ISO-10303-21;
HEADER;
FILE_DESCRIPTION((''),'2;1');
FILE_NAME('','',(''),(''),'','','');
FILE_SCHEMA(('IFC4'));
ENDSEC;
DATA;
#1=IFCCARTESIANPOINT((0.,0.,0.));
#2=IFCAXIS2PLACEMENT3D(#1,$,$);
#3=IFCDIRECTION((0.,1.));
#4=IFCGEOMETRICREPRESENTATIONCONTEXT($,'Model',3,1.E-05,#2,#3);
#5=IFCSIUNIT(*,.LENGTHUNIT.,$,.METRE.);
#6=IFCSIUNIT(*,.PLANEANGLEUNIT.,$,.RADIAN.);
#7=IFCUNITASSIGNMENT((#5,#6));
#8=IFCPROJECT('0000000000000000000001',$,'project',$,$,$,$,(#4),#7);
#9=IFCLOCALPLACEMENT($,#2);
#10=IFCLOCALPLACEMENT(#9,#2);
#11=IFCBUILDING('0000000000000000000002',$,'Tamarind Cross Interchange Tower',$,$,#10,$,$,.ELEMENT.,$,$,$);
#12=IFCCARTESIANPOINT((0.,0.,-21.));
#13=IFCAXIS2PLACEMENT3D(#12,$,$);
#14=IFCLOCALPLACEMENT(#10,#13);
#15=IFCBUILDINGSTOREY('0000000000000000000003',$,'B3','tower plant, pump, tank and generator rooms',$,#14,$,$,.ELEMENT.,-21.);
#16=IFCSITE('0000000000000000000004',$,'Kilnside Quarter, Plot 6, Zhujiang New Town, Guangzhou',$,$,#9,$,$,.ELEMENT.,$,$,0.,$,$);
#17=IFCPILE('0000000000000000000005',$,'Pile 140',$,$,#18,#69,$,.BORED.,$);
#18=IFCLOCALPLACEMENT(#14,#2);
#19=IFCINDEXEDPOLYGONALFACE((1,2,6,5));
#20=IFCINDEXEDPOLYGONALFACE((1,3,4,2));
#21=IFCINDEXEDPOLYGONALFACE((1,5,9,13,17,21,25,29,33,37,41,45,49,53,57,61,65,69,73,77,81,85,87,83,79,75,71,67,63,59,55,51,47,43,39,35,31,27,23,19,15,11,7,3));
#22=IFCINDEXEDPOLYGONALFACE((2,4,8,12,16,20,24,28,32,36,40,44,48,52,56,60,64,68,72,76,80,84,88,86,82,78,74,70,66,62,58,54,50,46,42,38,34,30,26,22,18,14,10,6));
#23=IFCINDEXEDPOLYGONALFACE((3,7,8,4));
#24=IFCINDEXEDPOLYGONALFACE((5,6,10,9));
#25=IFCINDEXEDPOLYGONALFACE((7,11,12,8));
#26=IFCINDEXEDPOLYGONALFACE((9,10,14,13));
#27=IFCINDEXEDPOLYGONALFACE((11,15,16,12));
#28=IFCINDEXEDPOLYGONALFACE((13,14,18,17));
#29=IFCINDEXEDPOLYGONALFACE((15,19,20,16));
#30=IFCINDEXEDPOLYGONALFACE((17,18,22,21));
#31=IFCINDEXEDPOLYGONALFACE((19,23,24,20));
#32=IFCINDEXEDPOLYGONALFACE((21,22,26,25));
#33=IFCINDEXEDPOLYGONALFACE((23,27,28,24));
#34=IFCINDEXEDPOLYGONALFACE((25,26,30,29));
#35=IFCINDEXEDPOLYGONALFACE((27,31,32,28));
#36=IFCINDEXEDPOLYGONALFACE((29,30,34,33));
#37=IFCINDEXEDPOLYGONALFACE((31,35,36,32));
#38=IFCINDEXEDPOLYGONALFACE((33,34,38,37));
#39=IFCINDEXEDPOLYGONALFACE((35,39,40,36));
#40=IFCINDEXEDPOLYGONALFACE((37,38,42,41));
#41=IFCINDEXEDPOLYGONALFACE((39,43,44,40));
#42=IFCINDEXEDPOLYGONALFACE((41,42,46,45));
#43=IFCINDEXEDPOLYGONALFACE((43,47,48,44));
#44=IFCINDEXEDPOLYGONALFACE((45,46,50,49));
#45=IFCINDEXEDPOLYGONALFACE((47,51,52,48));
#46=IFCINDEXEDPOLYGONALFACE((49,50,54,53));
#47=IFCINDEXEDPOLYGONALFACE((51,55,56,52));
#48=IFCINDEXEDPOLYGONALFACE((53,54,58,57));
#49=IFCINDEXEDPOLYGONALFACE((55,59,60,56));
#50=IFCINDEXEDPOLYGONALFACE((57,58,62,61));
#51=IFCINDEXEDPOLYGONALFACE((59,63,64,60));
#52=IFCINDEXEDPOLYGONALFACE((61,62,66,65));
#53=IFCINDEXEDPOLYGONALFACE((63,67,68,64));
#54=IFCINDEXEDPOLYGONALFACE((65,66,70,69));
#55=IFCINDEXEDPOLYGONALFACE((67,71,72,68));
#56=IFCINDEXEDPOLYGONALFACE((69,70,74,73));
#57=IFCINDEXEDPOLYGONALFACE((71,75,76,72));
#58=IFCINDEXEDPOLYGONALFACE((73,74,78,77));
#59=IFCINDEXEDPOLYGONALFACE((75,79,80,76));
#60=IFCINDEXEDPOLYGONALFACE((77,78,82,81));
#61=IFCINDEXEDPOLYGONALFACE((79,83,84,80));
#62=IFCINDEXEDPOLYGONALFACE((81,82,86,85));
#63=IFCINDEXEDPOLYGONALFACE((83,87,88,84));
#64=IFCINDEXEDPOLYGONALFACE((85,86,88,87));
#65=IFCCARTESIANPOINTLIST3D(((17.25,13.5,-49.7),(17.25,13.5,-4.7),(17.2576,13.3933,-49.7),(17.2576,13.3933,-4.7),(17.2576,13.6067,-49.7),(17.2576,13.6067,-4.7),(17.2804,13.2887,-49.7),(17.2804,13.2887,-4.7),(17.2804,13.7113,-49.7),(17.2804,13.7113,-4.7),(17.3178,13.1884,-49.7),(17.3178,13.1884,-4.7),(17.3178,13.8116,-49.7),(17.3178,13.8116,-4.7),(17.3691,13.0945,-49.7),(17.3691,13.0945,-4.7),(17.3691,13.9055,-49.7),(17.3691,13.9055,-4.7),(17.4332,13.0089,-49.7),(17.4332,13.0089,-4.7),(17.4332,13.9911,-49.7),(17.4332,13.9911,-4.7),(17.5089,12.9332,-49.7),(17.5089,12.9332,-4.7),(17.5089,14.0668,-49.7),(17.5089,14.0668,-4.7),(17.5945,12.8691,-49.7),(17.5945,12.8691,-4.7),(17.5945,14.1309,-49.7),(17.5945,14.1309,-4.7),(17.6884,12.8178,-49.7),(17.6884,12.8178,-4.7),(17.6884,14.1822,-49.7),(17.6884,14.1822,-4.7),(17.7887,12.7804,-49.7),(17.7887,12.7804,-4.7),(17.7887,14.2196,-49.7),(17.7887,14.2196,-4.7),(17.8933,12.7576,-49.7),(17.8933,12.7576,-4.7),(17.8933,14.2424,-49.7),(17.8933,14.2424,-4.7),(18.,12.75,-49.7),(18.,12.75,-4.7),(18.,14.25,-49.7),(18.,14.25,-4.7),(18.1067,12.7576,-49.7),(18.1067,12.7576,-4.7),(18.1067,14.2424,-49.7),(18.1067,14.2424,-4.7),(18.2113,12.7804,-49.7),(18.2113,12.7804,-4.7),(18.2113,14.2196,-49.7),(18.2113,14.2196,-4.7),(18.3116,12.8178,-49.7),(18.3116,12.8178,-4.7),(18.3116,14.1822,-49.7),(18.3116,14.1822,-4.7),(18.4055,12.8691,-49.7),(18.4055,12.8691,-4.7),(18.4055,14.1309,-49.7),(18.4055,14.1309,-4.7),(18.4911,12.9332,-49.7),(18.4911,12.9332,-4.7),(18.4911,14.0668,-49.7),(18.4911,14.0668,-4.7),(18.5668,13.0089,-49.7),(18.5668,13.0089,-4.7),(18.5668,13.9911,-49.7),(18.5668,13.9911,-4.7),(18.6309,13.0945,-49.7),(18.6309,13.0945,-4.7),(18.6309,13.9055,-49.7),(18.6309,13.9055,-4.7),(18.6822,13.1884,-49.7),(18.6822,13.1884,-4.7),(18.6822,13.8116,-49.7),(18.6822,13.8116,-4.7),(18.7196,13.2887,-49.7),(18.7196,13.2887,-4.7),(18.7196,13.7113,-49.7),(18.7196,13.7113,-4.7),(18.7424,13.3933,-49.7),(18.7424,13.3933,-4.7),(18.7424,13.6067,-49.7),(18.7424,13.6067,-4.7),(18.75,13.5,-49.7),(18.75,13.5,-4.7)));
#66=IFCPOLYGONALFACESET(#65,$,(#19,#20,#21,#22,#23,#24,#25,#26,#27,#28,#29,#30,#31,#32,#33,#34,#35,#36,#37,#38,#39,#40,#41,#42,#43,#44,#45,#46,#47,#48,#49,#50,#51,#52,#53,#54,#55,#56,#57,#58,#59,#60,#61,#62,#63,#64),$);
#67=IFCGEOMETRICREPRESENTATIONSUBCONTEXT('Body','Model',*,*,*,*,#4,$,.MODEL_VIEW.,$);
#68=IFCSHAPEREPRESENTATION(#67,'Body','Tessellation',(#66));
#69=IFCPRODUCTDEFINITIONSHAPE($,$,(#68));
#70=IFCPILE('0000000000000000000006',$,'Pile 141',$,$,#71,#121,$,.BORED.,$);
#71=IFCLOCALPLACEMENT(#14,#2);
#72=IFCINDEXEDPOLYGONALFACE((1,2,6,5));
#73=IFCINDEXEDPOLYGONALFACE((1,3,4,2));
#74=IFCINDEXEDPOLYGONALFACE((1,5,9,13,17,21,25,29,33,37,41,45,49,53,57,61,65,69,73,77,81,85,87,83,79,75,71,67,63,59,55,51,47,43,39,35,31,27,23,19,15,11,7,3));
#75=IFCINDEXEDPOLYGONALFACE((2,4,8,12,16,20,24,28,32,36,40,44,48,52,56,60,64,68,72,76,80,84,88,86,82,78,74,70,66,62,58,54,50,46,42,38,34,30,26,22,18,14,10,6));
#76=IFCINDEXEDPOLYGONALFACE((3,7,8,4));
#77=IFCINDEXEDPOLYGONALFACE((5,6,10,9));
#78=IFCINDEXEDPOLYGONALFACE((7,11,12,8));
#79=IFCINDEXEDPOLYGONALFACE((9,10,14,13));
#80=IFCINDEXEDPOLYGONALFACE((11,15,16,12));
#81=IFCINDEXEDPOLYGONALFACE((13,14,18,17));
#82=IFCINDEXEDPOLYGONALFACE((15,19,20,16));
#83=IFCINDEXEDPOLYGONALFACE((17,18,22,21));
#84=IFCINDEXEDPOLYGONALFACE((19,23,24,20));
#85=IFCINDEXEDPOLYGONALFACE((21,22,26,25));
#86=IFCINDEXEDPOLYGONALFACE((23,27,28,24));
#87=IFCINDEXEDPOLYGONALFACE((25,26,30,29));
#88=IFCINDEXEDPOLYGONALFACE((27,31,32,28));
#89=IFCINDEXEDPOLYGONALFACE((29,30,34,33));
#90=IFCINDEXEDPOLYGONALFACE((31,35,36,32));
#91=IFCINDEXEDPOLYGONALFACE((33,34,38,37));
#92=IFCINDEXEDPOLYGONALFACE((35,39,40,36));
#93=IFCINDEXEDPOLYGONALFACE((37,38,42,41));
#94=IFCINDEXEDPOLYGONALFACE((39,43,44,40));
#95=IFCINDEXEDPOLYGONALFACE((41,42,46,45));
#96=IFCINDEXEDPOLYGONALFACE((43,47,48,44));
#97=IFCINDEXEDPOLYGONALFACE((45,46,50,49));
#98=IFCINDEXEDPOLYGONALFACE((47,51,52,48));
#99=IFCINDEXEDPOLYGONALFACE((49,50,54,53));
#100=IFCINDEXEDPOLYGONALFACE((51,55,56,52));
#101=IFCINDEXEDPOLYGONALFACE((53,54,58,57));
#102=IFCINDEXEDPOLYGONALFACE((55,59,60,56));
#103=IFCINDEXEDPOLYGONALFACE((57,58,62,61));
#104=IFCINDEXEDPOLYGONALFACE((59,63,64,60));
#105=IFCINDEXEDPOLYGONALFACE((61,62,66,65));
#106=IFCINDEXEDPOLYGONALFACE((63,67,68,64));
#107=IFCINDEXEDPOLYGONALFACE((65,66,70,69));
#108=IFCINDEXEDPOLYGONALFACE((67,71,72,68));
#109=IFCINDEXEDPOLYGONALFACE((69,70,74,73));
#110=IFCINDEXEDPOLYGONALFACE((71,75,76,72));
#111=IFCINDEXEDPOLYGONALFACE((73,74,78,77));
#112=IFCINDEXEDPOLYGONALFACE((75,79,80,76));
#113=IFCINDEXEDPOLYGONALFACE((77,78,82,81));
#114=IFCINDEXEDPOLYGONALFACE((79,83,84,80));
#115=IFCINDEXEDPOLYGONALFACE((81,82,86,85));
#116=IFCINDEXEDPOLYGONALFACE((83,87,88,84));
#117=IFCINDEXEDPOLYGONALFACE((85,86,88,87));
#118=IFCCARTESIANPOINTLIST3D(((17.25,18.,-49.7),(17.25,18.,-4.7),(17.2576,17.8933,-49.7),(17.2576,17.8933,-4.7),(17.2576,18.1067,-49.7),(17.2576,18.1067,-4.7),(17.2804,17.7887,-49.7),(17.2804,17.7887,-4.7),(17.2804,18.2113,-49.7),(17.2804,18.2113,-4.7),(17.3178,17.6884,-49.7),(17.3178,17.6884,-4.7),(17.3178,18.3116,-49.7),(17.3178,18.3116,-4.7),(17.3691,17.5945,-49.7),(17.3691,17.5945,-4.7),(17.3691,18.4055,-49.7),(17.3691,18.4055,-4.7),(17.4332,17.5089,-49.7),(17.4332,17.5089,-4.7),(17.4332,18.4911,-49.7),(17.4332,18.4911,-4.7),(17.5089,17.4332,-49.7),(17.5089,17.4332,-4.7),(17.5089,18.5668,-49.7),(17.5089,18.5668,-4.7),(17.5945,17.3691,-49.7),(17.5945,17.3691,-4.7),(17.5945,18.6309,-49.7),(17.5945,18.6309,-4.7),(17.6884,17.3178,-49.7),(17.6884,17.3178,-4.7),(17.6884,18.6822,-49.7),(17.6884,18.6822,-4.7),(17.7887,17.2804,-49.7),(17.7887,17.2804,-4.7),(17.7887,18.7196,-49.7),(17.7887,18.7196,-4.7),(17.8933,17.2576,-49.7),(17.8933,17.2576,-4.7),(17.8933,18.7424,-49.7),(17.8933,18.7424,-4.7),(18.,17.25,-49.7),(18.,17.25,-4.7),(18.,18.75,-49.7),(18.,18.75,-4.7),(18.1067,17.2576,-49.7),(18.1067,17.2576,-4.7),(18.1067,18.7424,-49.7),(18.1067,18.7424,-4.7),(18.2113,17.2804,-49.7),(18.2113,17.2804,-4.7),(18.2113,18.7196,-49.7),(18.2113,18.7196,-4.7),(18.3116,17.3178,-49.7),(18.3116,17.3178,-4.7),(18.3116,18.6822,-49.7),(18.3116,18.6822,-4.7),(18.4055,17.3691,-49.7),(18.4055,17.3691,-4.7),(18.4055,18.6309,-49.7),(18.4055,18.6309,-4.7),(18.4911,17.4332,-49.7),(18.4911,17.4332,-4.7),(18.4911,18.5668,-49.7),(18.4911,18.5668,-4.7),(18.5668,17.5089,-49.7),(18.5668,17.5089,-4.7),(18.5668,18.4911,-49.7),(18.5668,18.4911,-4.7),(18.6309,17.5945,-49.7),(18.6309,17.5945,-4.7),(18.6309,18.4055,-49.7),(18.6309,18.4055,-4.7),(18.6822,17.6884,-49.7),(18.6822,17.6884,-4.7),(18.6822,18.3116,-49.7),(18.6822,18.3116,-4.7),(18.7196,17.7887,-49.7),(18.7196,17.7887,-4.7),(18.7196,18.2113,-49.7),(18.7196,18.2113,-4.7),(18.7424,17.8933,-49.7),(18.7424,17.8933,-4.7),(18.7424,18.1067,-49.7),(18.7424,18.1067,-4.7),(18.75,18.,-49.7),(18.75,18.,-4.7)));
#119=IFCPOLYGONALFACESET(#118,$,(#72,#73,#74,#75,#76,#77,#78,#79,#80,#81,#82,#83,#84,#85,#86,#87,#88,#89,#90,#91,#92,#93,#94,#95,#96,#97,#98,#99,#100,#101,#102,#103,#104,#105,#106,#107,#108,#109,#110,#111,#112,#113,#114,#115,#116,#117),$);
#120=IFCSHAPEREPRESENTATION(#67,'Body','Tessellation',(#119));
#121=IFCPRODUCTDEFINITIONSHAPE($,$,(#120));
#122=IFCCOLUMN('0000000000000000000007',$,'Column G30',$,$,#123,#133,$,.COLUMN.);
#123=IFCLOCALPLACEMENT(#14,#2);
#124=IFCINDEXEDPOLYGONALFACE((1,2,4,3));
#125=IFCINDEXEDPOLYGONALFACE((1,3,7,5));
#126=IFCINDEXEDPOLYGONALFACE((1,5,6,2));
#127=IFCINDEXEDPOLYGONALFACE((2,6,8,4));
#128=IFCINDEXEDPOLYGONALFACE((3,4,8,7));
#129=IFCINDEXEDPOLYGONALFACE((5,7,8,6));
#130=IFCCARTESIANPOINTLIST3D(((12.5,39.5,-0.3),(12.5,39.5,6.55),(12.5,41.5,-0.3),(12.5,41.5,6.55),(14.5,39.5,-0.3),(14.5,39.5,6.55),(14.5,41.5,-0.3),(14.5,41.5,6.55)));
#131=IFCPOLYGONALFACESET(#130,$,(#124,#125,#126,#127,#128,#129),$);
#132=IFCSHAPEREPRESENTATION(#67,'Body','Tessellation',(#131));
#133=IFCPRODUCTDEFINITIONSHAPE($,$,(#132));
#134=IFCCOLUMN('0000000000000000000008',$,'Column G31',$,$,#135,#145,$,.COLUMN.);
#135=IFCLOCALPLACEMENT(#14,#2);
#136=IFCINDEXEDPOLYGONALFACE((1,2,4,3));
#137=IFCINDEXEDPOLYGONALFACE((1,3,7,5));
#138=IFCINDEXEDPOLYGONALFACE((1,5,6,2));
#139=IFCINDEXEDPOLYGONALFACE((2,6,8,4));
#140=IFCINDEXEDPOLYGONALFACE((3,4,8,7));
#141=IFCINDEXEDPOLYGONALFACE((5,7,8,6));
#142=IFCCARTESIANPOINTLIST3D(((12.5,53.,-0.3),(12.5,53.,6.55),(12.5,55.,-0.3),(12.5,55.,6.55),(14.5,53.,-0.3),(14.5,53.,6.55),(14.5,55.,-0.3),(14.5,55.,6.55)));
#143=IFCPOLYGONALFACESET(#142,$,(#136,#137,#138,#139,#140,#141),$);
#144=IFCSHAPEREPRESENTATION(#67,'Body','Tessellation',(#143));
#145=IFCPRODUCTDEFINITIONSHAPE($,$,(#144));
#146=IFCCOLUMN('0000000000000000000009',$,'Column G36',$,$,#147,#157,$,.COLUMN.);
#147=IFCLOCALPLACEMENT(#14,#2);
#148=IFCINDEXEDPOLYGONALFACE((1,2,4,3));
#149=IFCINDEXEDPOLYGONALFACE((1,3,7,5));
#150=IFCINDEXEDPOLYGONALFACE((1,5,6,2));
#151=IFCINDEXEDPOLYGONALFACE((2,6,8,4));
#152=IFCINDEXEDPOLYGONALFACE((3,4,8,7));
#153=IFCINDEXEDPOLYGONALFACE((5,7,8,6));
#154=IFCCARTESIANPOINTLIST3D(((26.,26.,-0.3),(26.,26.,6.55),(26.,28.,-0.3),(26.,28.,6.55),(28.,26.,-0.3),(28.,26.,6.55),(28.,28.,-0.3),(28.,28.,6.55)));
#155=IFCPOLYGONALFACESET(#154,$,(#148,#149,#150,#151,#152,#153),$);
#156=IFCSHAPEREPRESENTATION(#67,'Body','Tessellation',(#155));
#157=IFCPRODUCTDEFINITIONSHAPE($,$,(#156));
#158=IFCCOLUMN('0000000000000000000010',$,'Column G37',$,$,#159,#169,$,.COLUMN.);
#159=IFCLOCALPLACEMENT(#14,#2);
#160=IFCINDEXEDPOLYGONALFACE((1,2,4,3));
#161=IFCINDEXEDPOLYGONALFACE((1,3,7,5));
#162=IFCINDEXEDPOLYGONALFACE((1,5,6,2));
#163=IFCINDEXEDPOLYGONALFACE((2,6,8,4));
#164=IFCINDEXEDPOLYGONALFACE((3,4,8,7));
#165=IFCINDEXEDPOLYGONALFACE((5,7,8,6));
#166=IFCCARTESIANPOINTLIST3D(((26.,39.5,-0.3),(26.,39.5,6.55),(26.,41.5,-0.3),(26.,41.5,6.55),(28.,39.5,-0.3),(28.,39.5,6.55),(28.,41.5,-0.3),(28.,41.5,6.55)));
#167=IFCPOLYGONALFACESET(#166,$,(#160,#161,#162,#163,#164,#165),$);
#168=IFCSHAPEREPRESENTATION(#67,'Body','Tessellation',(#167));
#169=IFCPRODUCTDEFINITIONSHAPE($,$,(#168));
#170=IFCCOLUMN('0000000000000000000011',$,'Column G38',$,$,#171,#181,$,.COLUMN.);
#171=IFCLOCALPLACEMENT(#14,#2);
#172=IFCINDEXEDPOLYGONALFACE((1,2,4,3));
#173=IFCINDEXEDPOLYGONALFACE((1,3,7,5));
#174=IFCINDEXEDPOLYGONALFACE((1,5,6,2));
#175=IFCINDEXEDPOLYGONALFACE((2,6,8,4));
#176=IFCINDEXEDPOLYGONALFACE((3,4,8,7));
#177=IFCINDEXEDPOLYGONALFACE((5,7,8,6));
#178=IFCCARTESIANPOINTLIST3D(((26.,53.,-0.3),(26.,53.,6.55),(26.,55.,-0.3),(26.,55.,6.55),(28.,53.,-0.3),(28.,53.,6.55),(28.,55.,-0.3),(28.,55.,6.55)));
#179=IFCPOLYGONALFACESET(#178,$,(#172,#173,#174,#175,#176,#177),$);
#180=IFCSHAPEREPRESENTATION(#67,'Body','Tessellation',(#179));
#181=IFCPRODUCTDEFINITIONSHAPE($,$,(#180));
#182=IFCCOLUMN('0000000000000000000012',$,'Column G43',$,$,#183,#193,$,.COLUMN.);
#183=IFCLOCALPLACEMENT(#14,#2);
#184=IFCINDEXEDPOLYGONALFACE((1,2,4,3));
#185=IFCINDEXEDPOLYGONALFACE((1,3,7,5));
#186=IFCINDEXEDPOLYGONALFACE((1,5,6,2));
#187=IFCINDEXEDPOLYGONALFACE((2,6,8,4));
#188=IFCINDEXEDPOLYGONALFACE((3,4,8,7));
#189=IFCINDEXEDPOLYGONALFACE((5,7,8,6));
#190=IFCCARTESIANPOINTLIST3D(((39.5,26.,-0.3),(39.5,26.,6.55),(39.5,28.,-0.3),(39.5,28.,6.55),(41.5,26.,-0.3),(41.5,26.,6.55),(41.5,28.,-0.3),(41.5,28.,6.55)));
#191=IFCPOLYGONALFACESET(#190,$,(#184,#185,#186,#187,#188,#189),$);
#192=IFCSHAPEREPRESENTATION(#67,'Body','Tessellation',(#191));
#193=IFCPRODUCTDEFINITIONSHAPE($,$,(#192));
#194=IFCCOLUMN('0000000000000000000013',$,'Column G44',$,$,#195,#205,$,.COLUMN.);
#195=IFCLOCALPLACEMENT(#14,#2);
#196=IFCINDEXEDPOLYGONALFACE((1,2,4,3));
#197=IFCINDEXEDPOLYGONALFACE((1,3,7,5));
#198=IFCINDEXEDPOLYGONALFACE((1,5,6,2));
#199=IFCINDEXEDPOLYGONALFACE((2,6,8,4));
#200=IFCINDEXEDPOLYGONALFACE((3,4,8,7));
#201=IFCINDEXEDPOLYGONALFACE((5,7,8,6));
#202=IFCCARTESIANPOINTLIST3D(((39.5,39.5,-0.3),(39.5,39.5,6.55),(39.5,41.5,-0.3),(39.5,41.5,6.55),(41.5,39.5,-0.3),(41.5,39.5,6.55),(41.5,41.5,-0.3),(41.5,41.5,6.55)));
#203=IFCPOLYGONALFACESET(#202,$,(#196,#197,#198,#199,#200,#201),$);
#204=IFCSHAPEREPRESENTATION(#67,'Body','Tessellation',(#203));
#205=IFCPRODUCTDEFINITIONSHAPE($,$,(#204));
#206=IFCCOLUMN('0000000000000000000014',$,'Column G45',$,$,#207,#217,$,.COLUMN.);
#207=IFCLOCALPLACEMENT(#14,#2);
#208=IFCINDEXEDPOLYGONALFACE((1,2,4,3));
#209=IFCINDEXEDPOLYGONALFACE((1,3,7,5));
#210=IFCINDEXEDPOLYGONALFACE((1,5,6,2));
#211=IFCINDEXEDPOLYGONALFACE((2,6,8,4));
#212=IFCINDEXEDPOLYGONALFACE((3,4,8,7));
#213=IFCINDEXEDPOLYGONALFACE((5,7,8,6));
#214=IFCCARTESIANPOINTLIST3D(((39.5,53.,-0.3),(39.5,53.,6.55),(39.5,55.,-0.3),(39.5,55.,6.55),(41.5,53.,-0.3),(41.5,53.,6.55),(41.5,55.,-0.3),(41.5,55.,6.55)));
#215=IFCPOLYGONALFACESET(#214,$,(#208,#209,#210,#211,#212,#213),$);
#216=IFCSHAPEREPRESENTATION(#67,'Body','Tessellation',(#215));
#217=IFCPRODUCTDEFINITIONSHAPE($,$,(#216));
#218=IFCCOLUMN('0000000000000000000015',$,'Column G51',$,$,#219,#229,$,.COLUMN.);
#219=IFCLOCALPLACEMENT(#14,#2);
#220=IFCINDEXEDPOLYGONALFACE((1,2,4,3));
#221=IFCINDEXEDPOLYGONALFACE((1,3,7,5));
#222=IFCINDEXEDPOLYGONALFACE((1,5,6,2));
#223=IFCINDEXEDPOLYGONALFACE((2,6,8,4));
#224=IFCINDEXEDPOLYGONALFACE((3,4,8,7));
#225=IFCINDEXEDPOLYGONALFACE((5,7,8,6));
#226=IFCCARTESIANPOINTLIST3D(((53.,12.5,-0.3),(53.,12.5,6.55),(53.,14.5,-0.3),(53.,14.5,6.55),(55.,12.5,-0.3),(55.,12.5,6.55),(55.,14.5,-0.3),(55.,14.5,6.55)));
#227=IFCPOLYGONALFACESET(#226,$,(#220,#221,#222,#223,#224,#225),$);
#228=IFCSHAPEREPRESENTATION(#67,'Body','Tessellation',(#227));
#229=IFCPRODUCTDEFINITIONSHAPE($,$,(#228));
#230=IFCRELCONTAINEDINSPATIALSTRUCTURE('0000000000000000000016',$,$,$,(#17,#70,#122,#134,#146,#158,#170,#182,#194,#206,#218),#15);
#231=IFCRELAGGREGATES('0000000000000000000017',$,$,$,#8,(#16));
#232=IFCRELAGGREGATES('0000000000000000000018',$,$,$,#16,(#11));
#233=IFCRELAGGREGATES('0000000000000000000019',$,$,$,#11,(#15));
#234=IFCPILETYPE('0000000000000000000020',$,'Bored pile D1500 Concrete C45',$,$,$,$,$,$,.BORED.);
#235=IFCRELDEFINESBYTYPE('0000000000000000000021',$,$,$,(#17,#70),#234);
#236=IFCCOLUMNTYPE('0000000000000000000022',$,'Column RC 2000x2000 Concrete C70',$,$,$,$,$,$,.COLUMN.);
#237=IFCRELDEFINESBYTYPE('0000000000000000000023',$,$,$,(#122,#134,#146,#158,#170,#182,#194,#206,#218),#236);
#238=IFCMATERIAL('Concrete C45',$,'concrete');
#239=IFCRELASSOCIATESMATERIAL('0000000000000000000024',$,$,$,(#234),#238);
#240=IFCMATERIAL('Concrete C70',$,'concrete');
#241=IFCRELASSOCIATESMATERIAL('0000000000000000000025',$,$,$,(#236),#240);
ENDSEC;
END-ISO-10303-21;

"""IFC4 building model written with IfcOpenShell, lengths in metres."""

from ifc_helpers import new_model, si_unit, direction, frame, origin, origin_2d, place, context, subcontext, project, spatial, rectangle, circle, extrude, material, material_profile, profile_set, type_object, element, save


model = new_model("IFC4")

# Units and contexts
model_context = context("Model", 3, precision=1e-05, world=origin(), true_north=direction((0.0, 1.0)))
body_context = subcontext(model_context, "Body", "Model", "MODEL_VIEW")
ifc_project = project(units=[si_unit("LENGTHUNIT", "METRE"), si_unit("PLANEANGLEUNIT", "RADIAN")], contexts=[model_context])

# Site, building, storey
site_placement = place(None, origin())
site = spatial("IfcSite", under=ifc_project, at=site_placement, Name="Kilnside Quarter, Plot 6, Zhujiang New Town, Guangzhou", CompositionType="ELEMENT", RefElevation=0.0)
building_placement = place(site_placement, origin())
building = spatial("IfcBuilding", under=site, at=building_placement, Name="Tamarind Cross Interchange Tower", CompositionType="ELEMENT")
storey_placement = place(building_placement, frame((0.0, 0.0, -21.0)))
storey = spatial("IfcBuildingStorey", under=building, at=storey_placement, Name="B3", Description="tower plant, pump, tank and generator rooms", CompositionType="ELEMENT", Elevation=-21.0)

# Piles
ifc_material_1 = material(Name="Concrete C45", Category="concrete")
ifc_material_profile_1 = material_profile(ifc_material_1, circle(Radius=0.75, at=origin_2d()), Name="RC D1500")
ifc_profile_set_1 = profile_set([ifc_material_profile_1], Name="Concrete C45")
pile_type = type_object("IfcPileType", Name="Bored pile D1500 Concrete C45", PredefinedType="BORED", material=ifc_profile_set_1)
for number, where, z_axis, x_axis, name in (
    (1, (18.0, 13.5, -4.7), (0.0, 0.0, -1.0), (1.0, 0.0, 0.0), "Pile 140"),
    (2, (18.0, 18.0, -4.7), (0.0, 0.0, -1.0), (1.0, 0.0, 0.0), "Pile 141"),
):
    element("IfcPile", number, at=place(storey_placement, frame(where, z_axis=z_axis, x_axis=x_axis)), inside=storey, type_object=pile_type, Name=name, PredefinedType="BORED", context=body_context, shape_type="SweptSolid", body=[
        extrude(circle(Radius=0.75, at=origin_2d()), origin(), (0.0, 0.0, 1.0), 45.0),
    ])

# Columns
ifc_material_2 = material(Name="Concrete C70", Category="concrete")
ifc_material_profile_2 = material_profile(ifc_material_2, rectangle(XDim=2.0, YDim=2.0, at=origin_2d()), Name="RC 2000x2000")
ifc_profile_set_2 = profile_set([ifc_material_profile_2], Name="Concrete C70")
column_type = type_object("IfcColumnType", Name="Column RC 2000x2000 Concrete C70", PredefinedType="COLUMN", material=ifc_profile_set_2)
for number, where, z_axis, x_axis, name in (
    (3, (13.5, 40.5, -0.3), (0.0, 0.0, 1.0), (1.0, 0.0, 0.0), "Column G30"),
    (4, (13.5, 54.0, -0.3), (0.0, 0.0, 1.0), (1.0, 0.0, 0.0), "Column G31"),
    (5, (27.0, 27.0, -0.3), (0.0, 0.0, 1.0), (1.0, 0.0, 0.0), "Column G36"),
    (6, (27.0, 40.5, -0.3), (0.0, 0.0, 1.0), (1.0, 0.0, 0.0), "Column G37"),
    (7, (27.0, 54.0, -0.3), (0.0, 0.0, 1.0), (1.0, 0.0, 0.0), "Column G38"),
    (8, (40.5, 27.0, -0.3), (0.0, 0.0, 1.0), (1.0, 0.0, 0.0), "Column G43"),
    (9, (40.5, 40.5, -0.3), (0.0, 0.0, 1.0), (1.0, 0.0, 0.0), "Column G44"),
    (10, (40.5, 54.0, -0.3), (0.0, 0.0, 1.0), (1.0, 0.0, 0.0), "Column G45"),
    (11, (54.0, 13.5, -0.3), (0.0, 0.0, 1.0), (1.0, 0.0, 0.0), "Column G51"),
):
    element("IfcColumn", number, at=place(storey_placement, frame(where, z_axis=z_axis, x_axis=x_axis)), inside=storey, type_object=column_type, Name=name, PredefinedType="COLUMN", context=body_context, shape_type="SweptSolid", body=[
        extrude(rectangle(XDim=2.0, YDim=2.0, at=origin_2d()), origin(), (0.0, 0.0, 1.0), 6.8501),
    ])

save(model, "model.ifc")
